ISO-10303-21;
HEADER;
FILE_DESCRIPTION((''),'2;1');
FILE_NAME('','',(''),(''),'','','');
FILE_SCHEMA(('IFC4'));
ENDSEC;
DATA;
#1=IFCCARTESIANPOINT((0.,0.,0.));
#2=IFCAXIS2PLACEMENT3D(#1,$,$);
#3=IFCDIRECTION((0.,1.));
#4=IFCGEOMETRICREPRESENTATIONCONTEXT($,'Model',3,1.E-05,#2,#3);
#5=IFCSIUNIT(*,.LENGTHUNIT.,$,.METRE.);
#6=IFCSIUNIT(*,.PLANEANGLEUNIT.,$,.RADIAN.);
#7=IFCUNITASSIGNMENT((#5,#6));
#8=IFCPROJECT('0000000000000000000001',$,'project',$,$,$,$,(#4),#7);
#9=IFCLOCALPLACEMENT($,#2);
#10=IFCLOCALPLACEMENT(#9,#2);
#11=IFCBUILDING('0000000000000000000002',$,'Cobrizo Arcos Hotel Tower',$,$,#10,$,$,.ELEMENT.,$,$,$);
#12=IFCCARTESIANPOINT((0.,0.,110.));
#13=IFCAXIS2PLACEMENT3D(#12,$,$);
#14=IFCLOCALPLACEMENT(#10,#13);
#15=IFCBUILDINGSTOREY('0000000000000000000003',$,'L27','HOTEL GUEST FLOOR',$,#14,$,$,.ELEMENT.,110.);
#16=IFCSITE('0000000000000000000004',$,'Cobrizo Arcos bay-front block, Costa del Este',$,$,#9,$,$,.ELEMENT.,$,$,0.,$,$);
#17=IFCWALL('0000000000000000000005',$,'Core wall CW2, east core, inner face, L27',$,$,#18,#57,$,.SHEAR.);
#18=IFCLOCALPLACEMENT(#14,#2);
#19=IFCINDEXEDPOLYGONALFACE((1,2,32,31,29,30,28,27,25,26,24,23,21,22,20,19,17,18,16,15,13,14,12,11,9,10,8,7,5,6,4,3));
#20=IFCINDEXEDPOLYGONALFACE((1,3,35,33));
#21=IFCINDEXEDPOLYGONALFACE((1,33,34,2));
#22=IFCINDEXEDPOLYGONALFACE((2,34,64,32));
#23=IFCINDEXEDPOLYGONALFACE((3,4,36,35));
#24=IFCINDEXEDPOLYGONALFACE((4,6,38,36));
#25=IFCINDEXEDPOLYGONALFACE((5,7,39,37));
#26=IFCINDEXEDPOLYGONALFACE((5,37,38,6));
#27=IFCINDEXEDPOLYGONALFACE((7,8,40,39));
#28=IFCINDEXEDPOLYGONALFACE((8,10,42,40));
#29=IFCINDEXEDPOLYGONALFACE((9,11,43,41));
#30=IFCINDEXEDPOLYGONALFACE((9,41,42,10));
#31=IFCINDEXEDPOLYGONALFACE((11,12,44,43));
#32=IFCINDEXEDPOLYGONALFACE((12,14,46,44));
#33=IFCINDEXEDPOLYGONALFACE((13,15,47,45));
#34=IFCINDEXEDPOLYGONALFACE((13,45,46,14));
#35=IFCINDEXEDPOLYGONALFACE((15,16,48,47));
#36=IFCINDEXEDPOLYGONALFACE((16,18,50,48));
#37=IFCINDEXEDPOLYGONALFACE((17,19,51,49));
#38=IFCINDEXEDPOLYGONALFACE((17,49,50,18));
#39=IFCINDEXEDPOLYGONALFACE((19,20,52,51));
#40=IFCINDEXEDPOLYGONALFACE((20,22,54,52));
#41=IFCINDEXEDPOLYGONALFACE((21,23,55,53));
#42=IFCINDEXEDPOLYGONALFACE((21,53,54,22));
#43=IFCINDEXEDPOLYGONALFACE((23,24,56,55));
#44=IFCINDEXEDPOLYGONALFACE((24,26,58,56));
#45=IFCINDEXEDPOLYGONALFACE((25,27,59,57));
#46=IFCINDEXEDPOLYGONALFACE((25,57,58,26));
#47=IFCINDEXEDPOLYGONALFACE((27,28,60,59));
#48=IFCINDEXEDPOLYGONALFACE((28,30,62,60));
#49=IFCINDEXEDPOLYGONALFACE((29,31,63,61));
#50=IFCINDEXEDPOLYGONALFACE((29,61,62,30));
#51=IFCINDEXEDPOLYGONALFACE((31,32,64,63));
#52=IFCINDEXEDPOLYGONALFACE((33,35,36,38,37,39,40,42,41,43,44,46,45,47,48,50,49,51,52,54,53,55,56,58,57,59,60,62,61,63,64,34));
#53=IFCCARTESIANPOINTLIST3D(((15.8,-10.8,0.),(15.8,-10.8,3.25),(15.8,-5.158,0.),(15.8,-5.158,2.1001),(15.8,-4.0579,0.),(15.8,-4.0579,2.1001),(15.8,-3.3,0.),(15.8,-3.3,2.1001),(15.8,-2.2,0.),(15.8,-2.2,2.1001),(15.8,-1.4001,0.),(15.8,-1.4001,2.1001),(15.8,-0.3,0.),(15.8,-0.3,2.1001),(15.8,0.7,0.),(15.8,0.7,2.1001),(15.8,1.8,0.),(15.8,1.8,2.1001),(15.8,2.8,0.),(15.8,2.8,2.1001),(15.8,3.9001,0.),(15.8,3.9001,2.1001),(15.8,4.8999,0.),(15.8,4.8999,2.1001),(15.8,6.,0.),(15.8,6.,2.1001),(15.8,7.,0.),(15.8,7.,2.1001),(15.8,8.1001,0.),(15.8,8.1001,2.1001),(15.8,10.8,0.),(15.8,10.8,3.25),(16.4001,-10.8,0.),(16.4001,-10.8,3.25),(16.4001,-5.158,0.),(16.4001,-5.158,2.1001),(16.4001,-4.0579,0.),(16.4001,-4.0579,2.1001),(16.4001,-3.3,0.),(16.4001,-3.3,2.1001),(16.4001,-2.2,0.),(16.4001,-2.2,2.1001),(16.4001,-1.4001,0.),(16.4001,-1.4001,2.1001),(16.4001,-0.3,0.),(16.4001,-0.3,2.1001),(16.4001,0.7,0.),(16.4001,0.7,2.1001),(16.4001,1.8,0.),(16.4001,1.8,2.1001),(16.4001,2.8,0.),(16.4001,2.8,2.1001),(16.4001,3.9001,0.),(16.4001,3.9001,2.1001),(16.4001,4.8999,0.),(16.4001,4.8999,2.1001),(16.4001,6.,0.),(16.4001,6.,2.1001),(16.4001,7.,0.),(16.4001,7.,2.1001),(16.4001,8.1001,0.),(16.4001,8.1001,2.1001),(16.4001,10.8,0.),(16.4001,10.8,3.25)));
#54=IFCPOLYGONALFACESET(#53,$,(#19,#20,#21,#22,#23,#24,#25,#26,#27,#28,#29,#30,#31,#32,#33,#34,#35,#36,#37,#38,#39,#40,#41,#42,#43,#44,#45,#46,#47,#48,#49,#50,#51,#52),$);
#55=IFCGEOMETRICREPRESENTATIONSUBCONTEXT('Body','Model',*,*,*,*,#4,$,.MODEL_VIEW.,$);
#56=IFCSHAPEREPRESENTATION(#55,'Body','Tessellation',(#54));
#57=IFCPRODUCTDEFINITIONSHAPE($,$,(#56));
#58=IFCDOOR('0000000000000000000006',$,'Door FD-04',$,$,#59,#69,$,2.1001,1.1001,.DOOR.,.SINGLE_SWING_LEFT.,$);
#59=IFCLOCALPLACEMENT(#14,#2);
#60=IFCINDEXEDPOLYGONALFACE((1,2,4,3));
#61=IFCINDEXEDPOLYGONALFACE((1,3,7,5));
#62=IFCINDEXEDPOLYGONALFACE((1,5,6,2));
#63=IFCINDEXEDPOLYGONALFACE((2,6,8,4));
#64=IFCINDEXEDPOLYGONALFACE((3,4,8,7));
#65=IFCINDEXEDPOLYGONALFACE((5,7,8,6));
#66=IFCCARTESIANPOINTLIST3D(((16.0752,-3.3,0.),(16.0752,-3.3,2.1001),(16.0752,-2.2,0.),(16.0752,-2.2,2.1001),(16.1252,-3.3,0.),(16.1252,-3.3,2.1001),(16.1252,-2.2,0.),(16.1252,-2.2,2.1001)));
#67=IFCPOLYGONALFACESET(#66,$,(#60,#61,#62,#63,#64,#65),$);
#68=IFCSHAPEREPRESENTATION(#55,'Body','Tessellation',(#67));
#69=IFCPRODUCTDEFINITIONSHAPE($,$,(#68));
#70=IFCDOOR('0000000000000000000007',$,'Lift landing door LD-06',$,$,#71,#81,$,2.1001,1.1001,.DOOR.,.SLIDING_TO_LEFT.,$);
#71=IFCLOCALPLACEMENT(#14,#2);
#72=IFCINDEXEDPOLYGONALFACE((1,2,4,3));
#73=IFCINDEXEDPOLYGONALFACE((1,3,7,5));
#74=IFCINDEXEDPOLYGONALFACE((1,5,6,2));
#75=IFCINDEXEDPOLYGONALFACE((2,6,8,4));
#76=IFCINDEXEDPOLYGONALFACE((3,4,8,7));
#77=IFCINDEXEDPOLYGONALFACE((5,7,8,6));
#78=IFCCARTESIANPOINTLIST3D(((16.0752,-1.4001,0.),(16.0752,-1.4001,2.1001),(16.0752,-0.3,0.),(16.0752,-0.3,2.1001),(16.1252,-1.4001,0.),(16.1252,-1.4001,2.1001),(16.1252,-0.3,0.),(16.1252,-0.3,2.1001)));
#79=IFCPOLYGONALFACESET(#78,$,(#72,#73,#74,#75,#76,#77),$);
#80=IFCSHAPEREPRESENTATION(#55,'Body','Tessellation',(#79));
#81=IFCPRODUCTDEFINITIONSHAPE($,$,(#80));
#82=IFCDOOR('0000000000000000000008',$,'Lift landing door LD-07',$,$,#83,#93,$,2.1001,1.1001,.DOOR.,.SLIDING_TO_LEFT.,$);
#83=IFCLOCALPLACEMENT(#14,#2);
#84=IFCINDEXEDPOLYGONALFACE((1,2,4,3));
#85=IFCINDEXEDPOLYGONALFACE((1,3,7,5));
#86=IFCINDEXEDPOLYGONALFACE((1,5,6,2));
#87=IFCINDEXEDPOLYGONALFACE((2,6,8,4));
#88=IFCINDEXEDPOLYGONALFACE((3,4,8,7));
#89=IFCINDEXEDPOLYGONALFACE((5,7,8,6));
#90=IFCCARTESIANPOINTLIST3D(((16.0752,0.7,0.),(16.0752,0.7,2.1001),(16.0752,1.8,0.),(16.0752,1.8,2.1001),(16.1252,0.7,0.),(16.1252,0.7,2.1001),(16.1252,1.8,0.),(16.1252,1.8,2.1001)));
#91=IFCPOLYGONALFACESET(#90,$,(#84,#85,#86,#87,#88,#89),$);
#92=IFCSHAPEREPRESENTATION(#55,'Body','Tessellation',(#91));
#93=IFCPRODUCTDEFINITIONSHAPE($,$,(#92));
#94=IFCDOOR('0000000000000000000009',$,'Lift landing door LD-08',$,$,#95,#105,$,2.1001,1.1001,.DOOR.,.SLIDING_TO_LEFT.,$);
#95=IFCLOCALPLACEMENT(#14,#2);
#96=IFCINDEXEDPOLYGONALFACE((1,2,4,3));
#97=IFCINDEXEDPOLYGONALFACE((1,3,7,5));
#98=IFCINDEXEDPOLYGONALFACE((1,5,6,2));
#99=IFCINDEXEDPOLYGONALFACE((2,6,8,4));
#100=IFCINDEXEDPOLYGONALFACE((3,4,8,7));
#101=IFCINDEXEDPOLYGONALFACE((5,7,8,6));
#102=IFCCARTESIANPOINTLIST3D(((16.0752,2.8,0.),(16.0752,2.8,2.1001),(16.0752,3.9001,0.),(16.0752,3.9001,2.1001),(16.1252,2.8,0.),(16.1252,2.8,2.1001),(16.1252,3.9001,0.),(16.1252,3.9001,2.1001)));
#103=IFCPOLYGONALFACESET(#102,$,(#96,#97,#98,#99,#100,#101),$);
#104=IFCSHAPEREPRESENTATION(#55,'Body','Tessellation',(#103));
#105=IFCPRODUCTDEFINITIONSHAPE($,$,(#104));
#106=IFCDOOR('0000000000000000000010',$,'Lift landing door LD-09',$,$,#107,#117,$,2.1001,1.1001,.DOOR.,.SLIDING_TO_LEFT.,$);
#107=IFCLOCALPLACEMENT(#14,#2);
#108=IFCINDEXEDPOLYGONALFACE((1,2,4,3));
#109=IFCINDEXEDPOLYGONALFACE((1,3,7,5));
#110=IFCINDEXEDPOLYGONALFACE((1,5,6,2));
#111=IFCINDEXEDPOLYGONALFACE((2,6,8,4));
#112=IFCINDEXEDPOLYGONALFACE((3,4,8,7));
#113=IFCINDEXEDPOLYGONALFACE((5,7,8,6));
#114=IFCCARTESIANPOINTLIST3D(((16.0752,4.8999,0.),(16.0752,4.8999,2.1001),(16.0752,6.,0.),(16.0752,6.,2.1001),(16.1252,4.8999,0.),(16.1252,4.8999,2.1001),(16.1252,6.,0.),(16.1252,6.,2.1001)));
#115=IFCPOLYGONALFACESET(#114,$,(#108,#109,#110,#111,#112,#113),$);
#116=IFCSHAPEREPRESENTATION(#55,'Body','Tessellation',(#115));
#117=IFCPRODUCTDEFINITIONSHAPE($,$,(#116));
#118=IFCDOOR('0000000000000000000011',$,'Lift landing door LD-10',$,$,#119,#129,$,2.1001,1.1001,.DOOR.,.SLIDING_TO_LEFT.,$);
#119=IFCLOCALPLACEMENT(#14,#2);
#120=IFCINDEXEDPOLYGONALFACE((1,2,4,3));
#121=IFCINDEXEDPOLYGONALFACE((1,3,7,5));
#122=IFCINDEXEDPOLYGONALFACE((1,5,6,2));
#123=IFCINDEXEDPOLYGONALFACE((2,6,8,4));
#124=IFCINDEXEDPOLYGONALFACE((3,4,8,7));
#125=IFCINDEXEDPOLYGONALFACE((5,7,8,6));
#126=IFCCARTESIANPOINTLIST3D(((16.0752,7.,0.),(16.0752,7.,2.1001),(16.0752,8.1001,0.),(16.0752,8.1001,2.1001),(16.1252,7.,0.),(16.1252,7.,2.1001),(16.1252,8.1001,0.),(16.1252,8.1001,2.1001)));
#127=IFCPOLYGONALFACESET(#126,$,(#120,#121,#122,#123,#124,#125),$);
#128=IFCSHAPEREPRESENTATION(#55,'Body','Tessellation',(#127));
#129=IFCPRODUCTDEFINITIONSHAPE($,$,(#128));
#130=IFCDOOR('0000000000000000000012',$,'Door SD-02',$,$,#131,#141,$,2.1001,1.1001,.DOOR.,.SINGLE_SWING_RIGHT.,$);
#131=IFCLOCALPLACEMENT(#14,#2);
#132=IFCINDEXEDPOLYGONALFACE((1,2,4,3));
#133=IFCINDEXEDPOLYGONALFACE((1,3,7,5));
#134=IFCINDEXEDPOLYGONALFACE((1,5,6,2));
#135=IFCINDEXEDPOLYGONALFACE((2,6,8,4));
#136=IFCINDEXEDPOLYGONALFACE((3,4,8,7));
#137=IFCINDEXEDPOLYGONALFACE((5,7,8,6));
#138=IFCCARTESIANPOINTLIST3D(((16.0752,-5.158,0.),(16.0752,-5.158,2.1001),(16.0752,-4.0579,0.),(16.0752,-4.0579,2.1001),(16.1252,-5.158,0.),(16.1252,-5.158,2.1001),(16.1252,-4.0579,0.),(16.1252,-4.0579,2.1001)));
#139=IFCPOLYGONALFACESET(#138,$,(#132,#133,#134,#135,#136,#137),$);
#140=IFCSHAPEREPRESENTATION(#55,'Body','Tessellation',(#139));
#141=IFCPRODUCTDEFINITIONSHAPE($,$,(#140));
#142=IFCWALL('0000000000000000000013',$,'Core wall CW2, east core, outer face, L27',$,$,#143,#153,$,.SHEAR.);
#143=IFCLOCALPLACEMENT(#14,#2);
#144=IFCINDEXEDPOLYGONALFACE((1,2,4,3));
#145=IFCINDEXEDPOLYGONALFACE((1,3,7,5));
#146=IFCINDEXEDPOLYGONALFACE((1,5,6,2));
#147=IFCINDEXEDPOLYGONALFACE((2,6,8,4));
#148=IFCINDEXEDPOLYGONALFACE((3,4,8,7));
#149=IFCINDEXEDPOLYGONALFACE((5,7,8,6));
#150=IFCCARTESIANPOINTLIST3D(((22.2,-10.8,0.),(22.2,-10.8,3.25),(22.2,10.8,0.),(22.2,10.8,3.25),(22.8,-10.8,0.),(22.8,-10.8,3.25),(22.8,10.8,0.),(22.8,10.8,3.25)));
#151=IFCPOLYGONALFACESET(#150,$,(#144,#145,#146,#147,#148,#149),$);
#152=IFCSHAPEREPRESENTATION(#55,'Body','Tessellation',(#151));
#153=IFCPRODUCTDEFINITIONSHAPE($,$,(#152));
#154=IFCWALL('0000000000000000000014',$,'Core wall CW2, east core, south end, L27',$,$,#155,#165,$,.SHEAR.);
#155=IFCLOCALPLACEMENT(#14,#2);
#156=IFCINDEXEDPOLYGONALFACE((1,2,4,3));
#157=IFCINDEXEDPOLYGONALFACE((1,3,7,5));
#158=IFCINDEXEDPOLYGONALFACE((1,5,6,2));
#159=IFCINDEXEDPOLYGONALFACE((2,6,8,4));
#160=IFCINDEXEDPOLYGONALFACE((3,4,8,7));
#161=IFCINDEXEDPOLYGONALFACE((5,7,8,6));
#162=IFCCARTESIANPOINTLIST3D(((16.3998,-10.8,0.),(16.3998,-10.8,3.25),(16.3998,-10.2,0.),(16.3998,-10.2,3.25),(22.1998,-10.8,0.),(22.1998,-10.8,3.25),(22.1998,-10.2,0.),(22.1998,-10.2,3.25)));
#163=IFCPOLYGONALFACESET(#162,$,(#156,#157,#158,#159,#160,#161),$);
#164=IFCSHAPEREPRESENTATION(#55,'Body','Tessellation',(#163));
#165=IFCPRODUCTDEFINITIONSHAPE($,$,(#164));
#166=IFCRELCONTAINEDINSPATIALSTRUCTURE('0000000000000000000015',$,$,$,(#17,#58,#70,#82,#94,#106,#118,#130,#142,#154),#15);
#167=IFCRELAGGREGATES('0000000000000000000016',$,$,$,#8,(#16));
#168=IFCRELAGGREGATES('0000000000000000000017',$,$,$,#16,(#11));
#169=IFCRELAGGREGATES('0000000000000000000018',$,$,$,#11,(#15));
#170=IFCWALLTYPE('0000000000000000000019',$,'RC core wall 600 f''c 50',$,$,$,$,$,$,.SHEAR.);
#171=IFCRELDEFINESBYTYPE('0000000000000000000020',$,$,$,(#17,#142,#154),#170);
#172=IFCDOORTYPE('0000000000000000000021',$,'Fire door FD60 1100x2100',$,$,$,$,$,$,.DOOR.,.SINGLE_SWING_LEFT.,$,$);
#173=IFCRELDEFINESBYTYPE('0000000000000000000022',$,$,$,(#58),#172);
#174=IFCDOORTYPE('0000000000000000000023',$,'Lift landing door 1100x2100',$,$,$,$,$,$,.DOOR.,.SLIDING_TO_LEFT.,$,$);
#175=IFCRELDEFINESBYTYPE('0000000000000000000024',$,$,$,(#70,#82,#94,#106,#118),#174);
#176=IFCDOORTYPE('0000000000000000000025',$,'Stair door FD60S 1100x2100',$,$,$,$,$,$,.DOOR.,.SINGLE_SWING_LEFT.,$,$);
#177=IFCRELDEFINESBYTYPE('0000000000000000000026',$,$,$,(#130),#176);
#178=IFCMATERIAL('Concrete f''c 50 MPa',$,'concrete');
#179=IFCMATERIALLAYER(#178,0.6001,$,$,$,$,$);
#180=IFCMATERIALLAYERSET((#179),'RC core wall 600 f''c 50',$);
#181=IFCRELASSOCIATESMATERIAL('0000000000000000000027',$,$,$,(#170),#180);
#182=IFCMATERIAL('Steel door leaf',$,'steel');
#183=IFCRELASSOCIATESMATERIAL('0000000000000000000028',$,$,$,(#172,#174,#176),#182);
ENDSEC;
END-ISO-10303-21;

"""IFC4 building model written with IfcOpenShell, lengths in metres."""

from ifc_helpers import new_model, si_unit, direction, frame, frame_2d, origin, place, context, subcontext, project, spatial, rectangle, extrude, material, layer, layer_set, type_object, element, fill, save


model = new_model("IFC4")

# Units and contexts
model_context = context("Model", 3, precision=1e-05, world=origin(), true_north=direction((0.0, 1.0)))
body_context = subcontext(model_context, "Body", "Model", "MODEL_VIEW")
ifc_project = project(units=[si_unit("LENGTHUNIT", "METRE"), si_unit("PLANEANGLEUNIT", "RADIAN")], contexts=[model_context])

# Site, building, storey
site_placement = place(None, origin())
site = spatial("IfcSite", under=ifc_project, at=site_placement, Name="Cobrizo Arcos bay-front block, Costa del Este", CompositionType="ELEMENT", RefElevation=0.0)
building_placement = place(site_placement, origin())
building = spatial("IfcBuilding", under=site, at=building_placement, Name="Cobrizo Arcos Hotel Tower", CompositionType="ELEMENT")
storey_placement = place(building_placement, frame((0.0, 0.0, 110.0)))
storey = spatial("IfcBuildingStorey", under=building, at=storey_placement, Name="L27", Description="HOTEL GUEST FLOOR", CompositionType="ELEMENT", Elevation=110.0)

# Wall, openings, doors
ifc_material_1 = material(Name="Concrete f'c 50 MPa", Category="concrete")
ifc_layer_1 = layer(ifc_material_1, 0.6001)
ifc_layer_set_1 = layer_set([ifc_layer_1], Name="RC core wall 600 f'c 50")
wall_type_1 = type_object("IfcWallType", Name="RC core wall 600 f'c 50", PredefinedType="SHEAR", material=ifc_layer_set_1)
wall_1_placement = place(storey_placement, frame((16.1001, -10.8, 0.0), z_axis=(0.0, 0.0, 1.0), x_axis=(0.0, 1.0, 0.0)))
wall_1 = element("IfcWall", 1, at=wall_1_placement, inside=storey, type_object=wall_type_1, Name="Core wall CW2, east core, inner face, L27", PredefinedType="SHEAR", context=body_context, shape_type="SweptSolid", body=[
    extrude(rectangle(XDim=21.6001, YDim=0.6001, at=frame_2d((10.8, 0.0))), origin(), (0.0, 0.0, 1.0), 3.25),
])
opening_1_placement = place(wall_1_placement, frame((9.3999, 0.0, 0.0)))
opening_1 = element("IfcOpeningElement", 2, at=opening_1_placement, cuts=wall_1, PredefinedType="OPENING", context=body_context, shape_type="SweptSolid", body=[
    extrude(rectangle(XDim=1.1001, YDim=2.1001, at=frame_2d((0.55, 1.05))), frame((0.0, 0.312, 0.0), z_axis=(0.0, -1.0, 0.0), x_axis=(1.0, 0.0, 0.0)), (0.0, 0.0, 1.0), 0.624),
])
opening_2_placement = place(wall_1_placement, frame((11.5, 0.0, 0.0)))
opening_2 = element("IfcOpeningElement", 3, at=opening_2_placement, cuts=wall_1, PredefinedType="OPENING", context=body_context, shape_type="SweptSolid", body=[
    extrude(rectangle(XDim=1.1001, YDim=2.1001, at=frame_2d((0.55, 1.05))), frame((0.0, 0.312, 0.0), z_axis=(0.0, -1.0, 0.0), x_axis=(1.0, 0.0, 0.0)), (0.0, 0.0, 1.0), 0.624),
])
opening_3_placement = place(wall_1_placement, frame((13.6001, 0.0, 0.0)))
opening_3 = element("IfcOpeningElement", 4, at=opening_3_placement, cuts=wall_1, PredefinedType="OPENING", context=body_context, shape_type="SweptSolid", body=[
    extrude(rectangle(XDim=1.1001, YDim=2.1001, at=frame_2d((0.55, 1.05))), frame((0.0, 0.312, 0.0), z_axis=(0.0, -1.0, 0.0), x_axis=(1.0, 0.0, 0.0)), (0.0, 0.0, 1.0), 0.624),
])
opening_4_placement = place(wall_1_placement, frame((15.7, 0.0, 0.0)))
opening_4 = element("IfcOpeningElement", 5, at=opening_4_placement, cuts=wall_1, PredefinedType="OPENING", context=body_context, shape_type="SweptSolid", body=[
    extrude(rectangle(XDim=1.1001, YDim=2.1001, at=frame_2d((0.55, 1.05))), frame((0.0, 0.312, 0.0), z_axis=(0.0, -1.0, 0.0), x_axis=(1.0, 0.0, 0.0)), (0.0, 0.0, 1.0), 0.624),
])
opening_5_placement = place(wall_1_placement, frame((17.8, 0.0, 0.0)))
opening_5 = element("IfcOpeningElement", 6, at=opening_5_placement, cuts=wall_1, PredefinedType="OPENING", context=body_context, shape_type="SweptSolid", body=[
    extrude(rectangle(XDim=1.1001, YDim=2.1001, at=frame_2d((0.55, 1.05))), frame((0.0, 0.312, 0.0), z_axis=(0.0, -1.0, 0.0), x_axis=(1.0, 0.0, 0.0)), (0.0, 0.0, 1.0), 0.624),
])
opening_6_placement = place(wall_1_placement, frame((5.6421, 0.0, 0.0)))
opening_6 = element("IfcOpeningElement", 7, at=opening_6_placement, cuts=wall_1, PredefinedType="OPENING", context=body_context, shape_type="SweptSolid", body=[
    extrude(rectangle(XDim=1.1001, YDim=2.1001, at=frame_2d((0.55, 1.05))), frame((0.0, 0.312, 0.0), z_axis=(0.0, -1.0, 0.0), x_axis=(1.0, 0.0, 0.0)), (0.0, 0.0, 1.0), 0.624),
])
opening_7_placement = place(wall_1_placement, frame((7.5, 0.0, 0.0)))
opening_7 = element("IfcOpeningElement", 8, at=opening_7_placement, cuts=wall_1, PredefinedType="OPENING", context=body_context, shape_type="SweptSolid", body=[
    extrude(rectangle(XDim=1.1001, YDim=2.1001, at=frame_2d((0.55, 1.05))), frame((0.0, 0.312, 0.0), z_axis=(0.0, -1.0, 0.0), x_axis=(1.0, 0.0, 0.0)), (0.0, 0.0, 1.0), 0.624),
])
ifc_material_2 = material(Name="Steel door leaf", Category="steel")
door_type_1 = type_object("IfcDoorType", Name="Fire door FD60 1100x2100", OperationType="SINGLE_SWING_LEFT", PredefinedType="DOOR", material=ifc_material_2)
door_1_placement = place(opening_7_placement, origin())
door_1 = element("IfcDoor", 9, at=door_1_placement, inside=storey, type_object=door_type_1, Name="Door FD-04", OperationType="SINGLE_SWING_LEFT", OverallHeight=2.1001, OverallWidth=1.1001, PredefinedType="DOOR", context=body_context, shape_type="SweptSolid", body=[
    extrude(rectangle(XDim=1.1001, YDim=2.1001, at=frame_2d((0.55, 1.05))), frame((0.0, 0.0249, 0.0), z_axis=(0.0, -1.0, 0.0), x_axis=(1.0, 0.0, 0.0)), (0.0, 0.0, 1.0), 0.05),
])
fill(opening_7, door_1)
door_type_2 = type_object("IfcDoorType", Name="Lift landing door 1100x2100", OperationType="SLIDING_TO_LEFT", PredefinedType="DOOR", material=ifc_material_2)
door_2_placement = place(opening_1_placement, origin())
door_2 = element("IfcDoor", 10, at=door_2_placement, inside=storey, type_object=door_type_2, Name="Lift landing door LD-06", OperationType="SLIDING_TO_LEFT", OverallHeight=2.1001, OverallWidth=1.1001, PredefinedType="DOOR", context=body_context, shape_type="SweptSolid", body=[
    extrude(rectangle(XDim=1.1001, YDim=2.1001, at=frame_2d((0.55, 1.05))), frame((0.0, 0.0249, 0.0), z_axis=(0.0, -1.0, 0.0), x_axis=(1.0, 0.0, 0.0)), (0.0, 0.0, 1.0), 0.05),
])
fill(opening_1, door_2)
door_3_placement = place(opening_2_placement, origin())
door_3 = element("IfcDoor", 11, at=door_3_placement, inside=storey, type_object=door_type_2, Name="Lift landing door LD-07", OperationType="SLIDING_TO_LEFT", OverallHeight=2.1001, OverallWidth=1.1001, PredefinedType="DOOR", context=body_context, shape_type="SweptSolid", body=[
    extrude(rectangle(XDim=1.1001, YDim=2.1001, at=frame_2d((0.55, 1.05))), frame((0.0, 0.0249, 0.0), z_axis=(0.0, -1.0, 0.0), x_axis=(1.0, 0.0, 0.0)), (0.0, 0.0, 1.0), 0.05),
])
fill(opening_2, door_3)
door_4_placement = place(opening_3_placement, origin())
door_4 = element("IfcDoor", 12, at=door_4_placement, inside=storey, type_object=door_type_2, Name="Lift landing door LD-08", OperationType="SLIDING_TO_LEFT", OverallHeight=2.1001, OverallWidth=1.1001, PredefinedType="DOOR", context=body_context, shape_type="SweptSolid", body=[
    extrude(rectangle(XDim=1.1001, YDim=2.1001, at=frame_2d((0.55, 1.05))), frame((0.0, 0.0249, 0.0), z_axis=(0.0, -1.0, 0.0), x_axis=(1.0, 0.0, 0.0)), (0.0, 0.0, 1.0), 0.05),
])
fill(opening_3, door_4)
door_5_placement = place(opening_4_placement, origin())
door_5 = element("IfcDoor", 13, at=door_5_placement, inside=storey, type_object=door_type_2, Name="Lift landing door LD-09", OperationType="SLIDING_TO_LEFT", OverallHeight=2.1001, OverallWidth=1.1001, PredefinedType="DOOR", context=body_context, shape_type="SweptSolid", body=[
    extrude(rectangle(XDim=1.1001, YDim=2.1001, at=frame_2d((0.55, 1.05))), frame((0.0, 0.0249, 0.0), z_axis=(0.0, -1.0, 0.0), x_axis=(1.0, 0.0, 0.0)), (0.0, 0.0, 1.0), 0.05),
])
fill(opening_4, door_5)
door_6_placement = place(opening_5_placement, origin())
door_6 = element("IfcDoor", 14, at=door_6_placement, inside=storey, type_object=door_type_2, Name="Lift landing door LD-10", OperationType="SLIDING_TO_LEFT", OverallHeight=2.1001, OverallWidth=1.1001, PredefinedType="DOOR", context=body_context, shape_type="SweptSolid", body=[
    extrude(rectangle(XDim=1.1001, YDim=2.1001, at=frame_2d((0.55, 1.05))), frame((0.0, 0.0249, 0.0), z_axis=(0.0, -1.0, 0.0), x_axis=(1.0, 0.0, 0.0)), (0.0, 0.0, 1.0), 0.05),
])
fill(opening_5, door_6)
door_type_3 = type_object("IfcDoorType", Name="Stair door FD60S 1100x2100", OperationType="SINGLE_SWING_LEFT", PredefinedType="DOOR", material=ifc_material_2)
door_7_placement = place(opening_6_placement, origin())
door_7 = element("IfcDoor", 15, at=door_7_placement, inside=storey, type_object=door_type_3, Name="Door SD-02", OperationType="SINGLE_SWING_RIGHT", OverallHeight=2.1001, OverallWidth=1.1001, PredefinedType="DOOR", context=body_context, shape_type="SweptSolid", body=[
    extrude(rectangle(XDim=1.1001, YDim=2.1001, at=frame_2d((0.55, 1.05))), frame((0.0, 0.0249, 0.0), z_axis=(0.0, -1.0, 0.0), x_axis=(1.0, 0.0, 0.0)), (0.0, 0.0, 1.0), 0.05),
])
fill(opening_6, door_7)

# Walls
wall_2_placement = place(storey_placement, frame((22.5, -10.8, 0.0), z_axis=(0.0, 0.0, 1.0), x_axis=(0.0, 1.0, 0.0)))
element("IfcWall", 16, at=wall_2_placement, inside=storey, type_object=wall_type_1, Name="Core wall CW2, east core, outer face, L27", PredefinedType="SHEAR", context=body_context, shape_type="SweptSolid", body=[
    extrude(rectangle(XDim=21.6001, YDim=0.6001, at=frame_2d((10.8, 0.0))), origin(), (0.0, 0.0, 1.0), 3.25),
])
wall_3_placement = place(storey_placement, frame((16.3999, -10.5, 0.0), z_axis=(0.0, 0.0, 1.0), x_axis=(1.0, 0.0, 0.0)))
element("IfcWall", 17, at=wall_3_placement, inside=storey, type_object=wall_type_1, Name="Core wall CW2, east core, south end, L27", PredefinedType="SHEAR", context=body_context, shape_type="SweptSolid", body=[
    extrude(rectangle(XDim=5.8, YDim=0.6001, at=frame_2d((2.8999, 0.0))), origin(), (0.0, 0.0, 1.0), 3.25),
])

save(model, "model.ifc")
